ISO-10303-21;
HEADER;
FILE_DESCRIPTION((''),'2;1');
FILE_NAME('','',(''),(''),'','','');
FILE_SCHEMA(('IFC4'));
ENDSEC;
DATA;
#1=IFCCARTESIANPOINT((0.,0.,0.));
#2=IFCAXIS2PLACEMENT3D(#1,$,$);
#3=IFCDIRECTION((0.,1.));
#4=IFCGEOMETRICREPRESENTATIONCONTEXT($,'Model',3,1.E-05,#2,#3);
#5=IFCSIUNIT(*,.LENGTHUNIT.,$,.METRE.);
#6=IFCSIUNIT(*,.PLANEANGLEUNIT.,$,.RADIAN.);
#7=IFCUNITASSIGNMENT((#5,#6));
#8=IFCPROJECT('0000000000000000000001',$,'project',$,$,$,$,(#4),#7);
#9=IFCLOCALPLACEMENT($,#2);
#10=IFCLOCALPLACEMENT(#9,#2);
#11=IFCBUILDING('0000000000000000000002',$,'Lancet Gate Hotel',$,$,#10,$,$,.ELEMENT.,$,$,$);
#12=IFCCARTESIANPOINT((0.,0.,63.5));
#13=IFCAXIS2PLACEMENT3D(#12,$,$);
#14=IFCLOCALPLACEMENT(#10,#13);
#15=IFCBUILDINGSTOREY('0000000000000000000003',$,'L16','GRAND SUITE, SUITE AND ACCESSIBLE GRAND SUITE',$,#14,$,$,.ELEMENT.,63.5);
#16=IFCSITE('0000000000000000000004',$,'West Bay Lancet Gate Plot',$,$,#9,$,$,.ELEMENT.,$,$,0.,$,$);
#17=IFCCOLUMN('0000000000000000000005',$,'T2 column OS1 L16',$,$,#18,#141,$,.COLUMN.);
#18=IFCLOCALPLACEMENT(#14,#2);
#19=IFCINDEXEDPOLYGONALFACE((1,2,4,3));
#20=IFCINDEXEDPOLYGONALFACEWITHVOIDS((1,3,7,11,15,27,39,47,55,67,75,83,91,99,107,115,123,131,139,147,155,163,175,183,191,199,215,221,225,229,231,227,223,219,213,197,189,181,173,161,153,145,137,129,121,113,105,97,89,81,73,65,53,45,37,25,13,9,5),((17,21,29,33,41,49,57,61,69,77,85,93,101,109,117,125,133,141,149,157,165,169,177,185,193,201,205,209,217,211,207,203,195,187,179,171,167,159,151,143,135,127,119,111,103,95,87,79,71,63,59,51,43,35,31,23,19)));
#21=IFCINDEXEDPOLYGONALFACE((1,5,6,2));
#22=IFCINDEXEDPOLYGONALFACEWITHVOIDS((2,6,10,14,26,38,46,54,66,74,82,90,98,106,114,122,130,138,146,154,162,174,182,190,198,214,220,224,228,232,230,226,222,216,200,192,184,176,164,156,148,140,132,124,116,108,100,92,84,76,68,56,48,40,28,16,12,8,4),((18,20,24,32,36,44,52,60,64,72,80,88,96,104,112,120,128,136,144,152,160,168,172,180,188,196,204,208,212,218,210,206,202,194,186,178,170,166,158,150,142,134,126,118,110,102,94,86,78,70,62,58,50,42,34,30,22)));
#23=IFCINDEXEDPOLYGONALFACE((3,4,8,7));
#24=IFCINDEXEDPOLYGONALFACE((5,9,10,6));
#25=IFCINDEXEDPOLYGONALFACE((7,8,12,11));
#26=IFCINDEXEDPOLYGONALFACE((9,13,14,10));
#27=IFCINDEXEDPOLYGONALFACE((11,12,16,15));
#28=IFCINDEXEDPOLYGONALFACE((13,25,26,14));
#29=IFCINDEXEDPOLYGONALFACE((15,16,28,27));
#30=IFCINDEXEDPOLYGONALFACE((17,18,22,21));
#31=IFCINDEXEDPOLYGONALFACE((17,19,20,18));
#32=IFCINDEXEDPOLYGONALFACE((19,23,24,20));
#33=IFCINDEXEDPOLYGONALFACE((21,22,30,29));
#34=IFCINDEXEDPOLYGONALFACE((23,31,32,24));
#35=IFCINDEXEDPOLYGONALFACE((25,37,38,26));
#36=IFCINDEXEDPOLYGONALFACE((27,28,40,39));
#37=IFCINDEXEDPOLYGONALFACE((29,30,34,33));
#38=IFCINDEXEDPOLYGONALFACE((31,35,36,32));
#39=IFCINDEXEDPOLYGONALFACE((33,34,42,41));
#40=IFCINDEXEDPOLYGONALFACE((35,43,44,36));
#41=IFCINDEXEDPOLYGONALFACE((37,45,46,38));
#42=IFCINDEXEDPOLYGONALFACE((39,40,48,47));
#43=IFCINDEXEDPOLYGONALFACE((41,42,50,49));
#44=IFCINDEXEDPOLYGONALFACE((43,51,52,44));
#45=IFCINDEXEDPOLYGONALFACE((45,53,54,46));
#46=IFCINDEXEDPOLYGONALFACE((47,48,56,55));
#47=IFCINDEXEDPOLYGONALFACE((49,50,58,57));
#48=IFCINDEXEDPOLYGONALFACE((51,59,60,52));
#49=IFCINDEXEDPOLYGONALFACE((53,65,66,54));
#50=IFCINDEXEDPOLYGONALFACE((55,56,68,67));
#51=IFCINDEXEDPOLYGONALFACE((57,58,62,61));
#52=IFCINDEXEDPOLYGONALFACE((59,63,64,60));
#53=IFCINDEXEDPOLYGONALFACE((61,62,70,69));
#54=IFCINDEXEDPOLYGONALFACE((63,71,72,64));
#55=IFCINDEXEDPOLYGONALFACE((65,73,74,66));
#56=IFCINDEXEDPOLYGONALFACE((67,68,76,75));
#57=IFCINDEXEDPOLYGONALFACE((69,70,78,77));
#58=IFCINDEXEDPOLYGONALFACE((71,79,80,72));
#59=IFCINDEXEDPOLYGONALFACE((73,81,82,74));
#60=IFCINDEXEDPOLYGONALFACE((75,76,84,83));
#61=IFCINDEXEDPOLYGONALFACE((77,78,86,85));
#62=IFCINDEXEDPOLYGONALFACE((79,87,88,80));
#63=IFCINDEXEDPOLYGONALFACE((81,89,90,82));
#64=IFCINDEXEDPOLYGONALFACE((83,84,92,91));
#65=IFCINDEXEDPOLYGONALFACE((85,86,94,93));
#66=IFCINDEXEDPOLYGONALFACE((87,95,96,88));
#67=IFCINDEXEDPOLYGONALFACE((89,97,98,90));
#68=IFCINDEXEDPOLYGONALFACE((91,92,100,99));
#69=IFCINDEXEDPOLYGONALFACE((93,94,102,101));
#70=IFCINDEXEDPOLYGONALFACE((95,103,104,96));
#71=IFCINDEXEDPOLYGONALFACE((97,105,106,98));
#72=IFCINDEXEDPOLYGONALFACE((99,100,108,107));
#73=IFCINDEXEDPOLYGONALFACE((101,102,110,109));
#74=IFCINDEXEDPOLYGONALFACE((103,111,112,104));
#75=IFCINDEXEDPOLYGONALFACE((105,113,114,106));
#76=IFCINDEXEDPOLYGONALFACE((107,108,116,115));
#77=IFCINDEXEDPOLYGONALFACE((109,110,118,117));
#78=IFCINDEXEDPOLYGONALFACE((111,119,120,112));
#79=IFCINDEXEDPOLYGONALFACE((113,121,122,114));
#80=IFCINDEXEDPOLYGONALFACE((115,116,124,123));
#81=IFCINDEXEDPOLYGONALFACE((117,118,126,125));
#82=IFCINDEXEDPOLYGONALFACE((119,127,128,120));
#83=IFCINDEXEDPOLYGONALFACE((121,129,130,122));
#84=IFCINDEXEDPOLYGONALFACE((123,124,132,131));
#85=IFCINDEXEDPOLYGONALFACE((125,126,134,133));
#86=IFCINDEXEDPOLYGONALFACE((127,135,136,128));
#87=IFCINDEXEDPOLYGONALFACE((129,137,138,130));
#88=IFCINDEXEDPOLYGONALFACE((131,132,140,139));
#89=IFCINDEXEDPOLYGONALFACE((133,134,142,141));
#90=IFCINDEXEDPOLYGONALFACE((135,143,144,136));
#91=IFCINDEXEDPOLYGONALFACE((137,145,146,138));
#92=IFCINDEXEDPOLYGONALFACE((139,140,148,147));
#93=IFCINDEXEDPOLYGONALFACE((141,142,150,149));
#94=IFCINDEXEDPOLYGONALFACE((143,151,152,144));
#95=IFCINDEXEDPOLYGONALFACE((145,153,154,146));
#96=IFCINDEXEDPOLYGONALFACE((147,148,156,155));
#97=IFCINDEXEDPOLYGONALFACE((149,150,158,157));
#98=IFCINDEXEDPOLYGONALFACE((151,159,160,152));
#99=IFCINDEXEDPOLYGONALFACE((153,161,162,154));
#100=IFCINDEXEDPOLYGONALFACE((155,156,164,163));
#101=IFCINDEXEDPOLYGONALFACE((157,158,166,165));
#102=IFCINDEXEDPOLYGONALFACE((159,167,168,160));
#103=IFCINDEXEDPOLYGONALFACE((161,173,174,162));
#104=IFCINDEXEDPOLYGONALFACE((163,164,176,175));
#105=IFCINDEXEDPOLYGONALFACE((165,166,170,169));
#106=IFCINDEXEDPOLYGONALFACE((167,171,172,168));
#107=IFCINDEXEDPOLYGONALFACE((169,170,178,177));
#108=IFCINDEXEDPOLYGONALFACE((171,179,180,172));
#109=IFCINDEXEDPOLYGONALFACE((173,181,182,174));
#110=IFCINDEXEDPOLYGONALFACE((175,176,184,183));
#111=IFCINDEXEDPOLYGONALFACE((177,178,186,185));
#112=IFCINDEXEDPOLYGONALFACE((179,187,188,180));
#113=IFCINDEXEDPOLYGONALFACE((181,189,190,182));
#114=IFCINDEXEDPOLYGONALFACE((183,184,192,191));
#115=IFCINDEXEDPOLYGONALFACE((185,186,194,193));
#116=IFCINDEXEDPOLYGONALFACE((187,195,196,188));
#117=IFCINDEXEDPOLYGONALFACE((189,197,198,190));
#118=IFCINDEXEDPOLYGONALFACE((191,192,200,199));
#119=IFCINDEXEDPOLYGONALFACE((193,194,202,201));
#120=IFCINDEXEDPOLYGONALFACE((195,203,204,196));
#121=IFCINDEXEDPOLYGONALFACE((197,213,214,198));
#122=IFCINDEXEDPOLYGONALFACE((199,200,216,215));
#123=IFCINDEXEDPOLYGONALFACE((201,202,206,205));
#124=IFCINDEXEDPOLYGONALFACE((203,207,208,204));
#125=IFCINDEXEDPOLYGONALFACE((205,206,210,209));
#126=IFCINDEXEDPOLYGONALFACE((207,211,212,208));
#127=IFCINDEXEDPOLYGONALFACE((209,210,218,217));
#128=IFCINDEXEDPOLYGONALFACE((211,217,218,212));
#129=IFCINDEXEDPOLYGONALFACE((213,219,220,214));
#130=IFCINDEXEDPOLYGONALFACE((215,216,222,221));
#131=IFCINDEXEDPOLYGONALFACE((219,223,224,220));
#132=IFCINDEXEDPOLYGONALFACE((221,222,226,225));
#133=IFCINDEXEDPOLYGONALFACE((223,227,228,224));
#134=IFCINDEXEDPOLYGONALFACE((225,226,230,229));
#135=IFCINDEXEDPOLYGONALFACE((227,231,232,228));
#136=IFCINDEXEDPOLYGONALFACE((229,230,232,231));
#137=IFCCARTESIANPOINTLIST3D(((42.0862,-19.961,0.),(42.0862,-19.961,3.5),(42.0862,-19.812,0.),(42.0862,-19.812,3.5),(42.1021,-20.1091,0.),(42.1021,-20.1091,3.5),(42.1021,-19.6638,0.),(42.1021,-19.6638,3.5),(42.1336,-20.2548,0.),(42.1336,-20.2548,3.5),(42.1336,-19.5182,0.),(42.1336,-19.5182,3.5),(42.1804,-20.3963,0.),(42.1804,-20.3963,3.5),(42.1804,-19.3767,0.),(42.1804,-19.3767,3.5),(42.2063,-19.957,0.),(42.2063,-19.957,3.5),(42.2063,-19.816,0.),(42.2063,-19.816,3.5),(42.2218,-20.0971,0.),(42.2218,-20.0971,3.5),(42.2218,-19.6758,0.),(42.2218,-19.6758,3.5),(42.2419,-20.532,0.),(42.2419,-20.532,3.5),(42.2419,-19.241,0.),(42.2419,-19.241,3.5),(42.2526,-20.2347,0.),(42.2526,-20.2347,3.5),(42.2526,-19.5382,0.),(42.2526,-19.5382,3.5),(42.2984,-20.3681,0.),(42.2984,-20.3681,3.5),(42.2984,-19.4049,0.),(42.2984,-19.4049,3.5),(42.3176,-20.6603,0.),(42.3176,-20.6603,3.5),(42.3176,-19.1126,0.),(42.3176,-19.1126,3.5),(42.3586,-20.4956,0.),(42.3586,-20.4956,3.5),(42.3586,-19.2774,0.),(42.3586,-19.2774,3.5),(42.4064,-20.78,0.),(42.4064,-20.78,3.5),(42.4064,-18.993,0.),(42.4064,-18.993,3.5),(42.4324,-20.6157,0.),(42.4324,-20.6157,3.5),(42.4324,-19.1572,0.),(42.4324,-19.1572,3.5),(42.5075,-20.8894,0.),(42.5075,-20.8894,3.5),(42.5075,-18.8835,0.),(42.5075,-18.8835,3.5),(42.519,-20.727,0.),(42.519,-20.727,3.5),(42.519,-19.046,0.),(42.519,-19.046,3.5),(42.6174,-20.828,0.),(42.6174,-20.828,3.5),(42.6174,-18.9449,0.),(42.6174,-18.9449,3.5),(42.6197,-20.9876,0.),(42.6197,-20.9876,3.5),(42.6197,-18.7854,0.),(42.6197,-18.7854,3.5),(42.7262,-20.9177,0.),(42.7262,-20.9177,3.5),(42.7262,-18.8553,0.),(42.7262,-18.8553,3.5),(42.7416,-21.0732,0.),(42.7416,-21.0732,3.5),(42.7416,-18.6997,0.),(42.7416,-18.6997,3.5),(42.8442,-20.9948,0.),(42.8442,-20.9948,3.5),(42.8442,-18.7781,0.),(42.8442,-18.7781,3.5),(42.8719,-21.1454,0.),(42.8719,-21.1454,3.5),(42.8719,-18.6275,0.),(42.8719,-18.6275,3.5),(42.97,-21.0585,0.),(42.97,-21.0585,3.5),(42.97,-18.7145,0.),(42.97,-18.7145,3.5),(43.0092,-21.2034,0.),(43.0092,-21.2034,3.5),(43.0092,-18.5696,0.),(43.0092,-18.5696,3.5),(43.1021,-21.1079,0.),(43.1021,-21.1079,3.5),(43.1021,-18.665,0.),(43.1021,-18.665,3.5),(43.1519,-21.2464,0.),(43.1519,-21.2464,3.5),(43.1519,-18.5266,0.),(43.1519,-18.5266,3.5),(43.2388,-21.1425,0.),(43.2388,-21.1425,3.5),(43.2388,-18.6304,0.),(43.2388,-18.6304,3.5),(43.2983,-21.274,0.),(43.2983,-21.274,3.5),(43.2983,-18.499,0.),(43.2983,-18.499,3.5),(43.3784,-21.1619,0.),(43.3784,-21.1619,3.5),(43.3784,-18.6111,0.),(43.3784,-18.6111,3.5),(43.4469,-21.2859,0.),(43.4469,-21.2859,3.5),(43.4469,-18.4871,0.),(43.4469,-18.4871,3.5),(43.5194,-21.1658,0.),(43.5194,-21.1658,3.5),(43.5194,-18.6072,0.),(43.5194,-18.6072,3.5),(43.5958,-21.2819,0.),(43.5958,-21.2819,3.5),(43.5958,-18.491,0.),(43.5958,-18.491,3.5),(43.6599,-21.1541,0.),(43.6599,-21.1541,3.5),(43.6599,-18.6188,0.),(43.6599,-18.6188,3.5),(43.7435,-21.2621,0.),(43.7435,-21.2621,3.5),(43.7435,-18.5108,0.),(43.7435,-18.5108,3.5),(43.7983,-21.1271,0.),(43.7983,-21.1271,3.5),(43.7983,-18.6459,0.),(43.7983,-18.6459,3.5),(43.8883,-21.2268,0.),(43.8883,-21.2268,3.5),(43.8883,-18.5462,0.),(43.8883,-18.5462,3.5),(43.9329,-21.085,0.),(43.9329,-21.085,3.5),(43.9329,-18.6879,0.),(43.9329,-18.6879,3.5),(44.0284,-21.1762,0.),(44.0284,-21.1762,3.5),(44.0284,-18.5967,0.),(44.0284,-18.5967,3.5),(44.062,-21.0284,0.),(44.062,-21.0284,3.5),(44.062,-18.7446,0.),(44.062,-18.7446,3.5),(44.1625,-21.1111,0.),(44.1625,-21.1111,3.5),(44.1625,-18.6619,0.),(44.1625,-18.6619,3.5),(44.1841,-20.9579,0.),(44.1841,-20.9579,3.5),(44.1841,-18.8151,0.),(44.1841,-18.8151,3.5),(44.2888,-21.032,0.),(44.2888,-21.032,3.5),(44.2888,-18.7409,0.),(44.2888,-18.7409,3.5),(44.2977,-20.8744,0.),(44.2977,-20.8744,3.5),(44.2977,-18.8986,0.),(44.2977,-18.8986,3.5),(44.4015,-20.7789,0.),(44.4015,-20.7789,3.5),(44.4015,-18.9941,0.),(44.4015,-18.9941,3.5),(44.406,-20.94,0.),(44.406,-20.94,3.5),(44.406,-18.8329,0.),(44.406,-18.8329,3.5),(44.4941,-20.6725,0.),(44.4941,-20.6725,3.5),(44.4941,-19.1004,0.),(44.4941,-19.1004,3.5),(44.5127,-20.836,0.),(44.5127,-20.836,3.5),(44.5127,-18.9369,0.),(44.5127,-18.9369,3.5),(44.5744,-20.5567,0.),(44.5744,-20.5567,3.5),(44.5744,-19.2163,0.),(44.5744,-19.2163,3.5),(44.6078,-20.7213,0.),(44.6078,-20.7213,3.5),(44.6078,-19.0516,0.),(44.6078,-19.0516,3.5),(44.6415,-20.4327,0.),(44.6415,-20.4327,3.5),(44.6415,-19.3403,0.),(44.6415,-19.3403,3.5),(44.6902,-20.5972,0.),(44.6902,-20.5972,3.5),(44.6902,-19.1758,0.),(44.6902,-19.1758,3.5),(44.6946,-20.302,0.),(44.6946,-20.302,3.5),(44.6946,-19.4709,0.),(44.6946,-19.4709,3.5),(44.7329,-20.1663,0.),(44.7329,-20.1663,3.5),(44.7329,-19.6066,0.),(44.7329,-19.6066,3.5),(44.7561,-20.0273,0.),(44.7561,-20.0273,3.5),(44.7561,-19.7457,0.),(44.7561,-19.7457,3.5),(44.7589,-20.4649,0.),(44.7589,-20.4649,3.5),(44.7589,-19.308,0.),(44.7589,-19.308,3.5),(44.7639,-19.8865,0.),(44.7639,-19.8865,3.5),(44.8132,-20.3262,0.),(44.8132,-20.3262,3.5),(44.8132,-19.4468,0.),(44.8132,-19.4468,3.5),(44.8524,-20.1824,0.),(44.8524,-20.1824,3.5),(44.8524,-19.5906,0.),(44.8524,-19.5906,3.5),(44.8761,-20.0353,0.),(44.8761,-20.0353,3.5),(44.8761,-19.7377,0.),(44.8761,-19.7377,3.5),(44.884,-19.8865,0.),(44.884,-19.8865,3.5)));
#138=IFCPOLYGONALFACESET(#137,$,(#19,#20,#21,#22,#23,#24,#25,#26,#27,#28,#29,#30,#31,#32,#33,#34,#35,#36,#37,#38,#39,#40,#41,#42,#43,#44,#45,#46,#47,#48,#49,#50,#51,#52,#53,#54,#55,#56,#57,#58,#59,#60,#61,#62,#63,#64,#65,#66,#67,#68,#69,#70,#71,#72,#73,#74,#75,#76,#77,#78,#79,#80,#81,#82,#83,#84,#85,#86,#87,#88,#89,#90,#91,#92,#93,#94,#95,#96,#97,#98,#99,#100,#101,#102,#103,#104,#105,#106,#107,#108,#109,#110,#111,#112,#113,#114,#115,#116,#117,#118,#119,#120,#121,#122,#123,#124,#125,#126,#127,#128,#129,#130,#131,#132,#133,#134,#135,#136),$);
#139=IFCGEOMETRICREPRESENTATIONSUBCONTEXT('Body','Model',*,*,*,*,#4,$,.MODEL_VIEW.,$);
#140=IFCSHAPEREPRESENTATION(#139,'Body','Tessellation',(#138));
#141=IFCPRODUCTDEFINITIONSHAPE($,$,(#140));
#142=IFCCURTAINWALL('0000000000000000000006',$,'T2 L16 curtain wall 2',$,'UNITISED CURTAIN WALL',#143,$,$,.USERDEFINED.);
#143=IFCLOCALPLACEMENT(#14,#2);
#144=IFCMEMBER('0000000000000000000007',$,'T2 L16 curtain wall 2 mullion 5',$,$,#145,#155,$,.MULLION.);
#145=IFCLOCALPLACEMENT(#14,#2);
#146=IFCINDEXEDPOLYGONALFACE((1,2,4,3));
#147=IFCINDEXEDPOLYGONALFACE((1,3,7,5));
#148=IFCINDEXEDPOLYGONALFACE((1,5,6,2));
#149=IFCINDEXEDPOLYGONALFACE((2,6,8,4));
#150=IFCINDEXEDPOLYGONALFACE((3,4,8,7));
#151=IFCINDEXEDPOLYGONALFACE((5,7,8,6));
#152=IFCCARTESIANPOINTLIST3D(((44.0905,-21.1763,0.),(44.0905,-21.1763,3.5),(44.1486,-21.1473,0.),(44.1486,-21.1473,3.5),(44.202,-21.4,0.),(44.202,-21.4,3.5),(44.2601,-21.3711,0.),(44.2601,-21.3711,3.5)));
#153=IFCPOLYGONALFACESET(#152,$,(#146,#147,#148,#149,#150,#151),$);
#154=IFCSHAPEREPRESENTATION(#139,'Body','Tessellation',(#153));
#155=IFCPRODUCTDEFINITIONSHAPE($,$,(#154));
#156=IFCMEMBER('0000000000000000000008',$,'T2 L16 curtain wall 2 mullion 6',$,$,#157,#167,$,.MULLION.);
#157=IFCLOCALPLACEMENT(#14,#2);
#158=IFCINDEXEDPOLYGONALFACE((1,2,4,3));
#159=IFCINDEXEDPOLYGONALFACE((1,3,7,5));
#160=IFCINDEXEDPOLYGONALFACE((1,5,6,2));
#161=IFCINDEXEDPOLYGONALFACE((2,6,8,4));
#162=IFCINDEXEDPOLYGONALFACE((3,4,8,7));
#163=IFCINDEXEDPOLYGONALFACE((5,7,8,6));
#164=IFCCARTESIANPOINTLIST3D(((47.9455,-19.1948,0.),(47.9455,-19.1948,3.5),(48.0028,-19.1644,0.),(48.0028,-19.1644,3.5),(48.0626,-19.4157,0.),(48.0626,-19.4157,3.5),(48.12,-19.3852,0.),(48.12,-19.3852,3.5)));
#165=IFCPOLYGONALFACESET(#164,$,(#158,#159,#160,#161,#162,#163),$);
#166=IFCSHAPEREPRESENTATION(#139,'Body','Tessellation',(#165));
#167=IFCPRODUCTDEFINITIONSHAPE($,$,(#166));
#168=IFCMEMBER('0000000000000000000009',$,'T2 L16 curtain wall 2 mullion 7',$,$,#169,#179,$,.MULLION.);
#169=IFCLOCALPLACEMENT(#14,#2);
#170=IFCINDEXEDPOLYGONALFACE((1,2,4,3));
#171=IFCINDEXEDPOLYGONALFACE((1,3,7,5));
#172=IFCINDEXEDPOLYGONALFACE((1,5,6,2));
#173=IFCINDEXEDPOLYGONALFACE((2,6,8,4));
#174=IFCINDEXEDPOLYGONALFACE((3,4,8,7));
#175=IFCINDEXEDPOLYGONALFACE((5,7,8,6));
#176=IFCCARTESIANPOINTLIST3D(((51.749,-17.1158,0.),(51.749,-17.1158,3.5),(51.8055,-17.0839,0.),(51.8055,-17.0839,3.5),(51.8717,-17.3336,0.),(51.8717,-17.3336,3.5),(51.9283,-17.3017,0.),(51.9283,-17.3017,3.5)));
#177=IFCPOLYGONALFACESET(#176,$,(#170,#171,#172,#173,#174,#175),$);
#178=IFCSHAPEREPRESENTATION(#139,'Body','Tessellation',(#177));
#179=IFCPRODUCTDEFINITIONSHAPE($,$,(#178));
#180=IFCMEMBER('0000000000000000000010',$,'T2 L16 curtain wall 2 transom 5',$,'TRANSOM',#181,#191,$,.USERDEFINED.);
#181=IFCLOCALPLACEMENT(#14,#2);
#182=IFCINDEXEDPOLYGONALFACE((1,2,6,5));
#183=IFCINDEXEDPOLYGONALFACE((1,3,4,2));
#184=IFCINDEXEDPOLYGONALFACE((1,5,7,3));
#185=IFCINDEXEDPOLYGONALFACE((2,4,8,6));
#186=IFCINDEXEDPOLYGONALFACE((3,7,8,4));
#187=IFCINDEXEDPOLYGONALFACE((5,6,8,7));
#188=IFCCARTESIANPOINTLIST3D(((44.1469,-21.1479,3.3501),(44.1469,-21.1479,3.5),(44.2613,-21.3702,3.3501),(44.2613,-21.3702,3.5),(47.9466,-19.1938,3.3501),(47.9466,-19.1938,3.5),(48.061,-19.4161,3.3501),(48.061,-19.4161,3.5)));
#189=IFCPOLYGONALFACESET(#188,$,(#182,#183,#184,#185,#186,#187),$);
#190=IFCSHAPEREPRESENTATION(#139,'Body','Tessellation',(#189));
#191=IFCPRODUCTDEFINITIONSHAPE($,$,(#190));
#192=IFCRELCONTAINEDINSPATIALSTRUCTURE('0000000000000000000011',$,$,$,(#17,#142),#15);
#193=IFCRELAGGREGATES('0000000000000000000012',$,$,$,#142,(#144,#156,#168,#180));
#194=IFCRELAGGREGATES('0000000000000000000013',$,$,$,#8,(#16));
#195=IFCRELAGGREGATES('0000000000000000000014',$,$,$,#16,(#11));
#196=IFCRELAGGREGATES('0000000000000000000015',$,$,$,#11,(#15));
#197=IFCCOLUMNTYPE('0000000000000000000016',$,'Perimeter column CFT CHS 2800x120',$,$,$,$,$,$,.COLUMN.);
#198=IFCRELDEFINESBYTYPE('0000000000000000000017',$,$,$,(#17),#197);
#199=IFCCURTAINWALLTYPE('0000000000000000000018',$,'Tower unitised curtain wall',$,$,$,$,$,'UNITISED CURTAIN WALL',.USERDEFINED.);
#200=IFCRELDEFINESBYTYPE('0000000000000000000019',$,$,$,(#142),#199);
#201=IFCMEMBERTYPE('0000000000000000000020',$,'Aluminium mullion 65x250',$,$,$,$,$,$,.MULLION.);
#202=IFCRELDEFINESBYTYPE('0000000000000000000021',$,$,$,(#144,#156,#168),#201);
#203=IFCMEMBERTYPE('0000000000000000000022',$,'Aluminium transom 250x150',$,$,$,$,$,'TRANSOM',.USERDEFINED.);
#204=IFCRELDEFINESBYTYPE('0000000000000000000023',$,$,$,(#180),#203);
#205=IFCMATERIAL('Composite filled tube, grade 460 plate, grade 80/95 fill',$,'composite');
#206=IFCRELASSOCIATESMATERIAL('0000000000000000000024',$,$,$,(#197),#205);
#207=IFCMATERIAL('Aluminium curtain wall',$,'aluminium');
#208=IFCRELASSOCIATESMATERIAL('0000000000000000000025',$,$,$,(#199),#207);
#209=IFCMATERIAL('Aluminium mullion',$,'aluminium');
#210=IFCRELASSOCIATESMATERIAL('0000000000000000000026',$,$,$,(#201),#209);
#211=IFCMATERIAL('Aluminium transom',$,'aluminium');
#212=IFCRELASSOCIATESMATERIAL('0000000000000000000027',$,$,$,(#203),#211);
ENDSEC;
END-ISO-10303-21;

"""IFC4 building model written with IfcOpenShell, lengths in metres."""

from ifc_helpers import new_model, si_unit, direction, frame, origin, origin_2d, place, context, subcontext, project, spatial, rectangle, hollow_circle, extrude, material, material_profile, profile_set, type_object, element, aggregate, save


model = new_model("IFC4")

# Units and contexts
model_context = context("Model", 3, precision=1e-05, world=origin(), true_north=direction((0.0, 1.0)))
body_context = subcontext(model_context, "Body", "Model", "MODEL_VIEW")
ifc_project = project(units=[si_unit("LENGTHUNIT", "METRE"), si_unit("PLANEANGLEUNIT", "RADIAN")], contexts=[model_context])

# Site, building, storey
site_placement = place(None, origin())
site = spatial("IfcSite", under=ifc_project, at=site_placement, Name="West Bay Lancet Gate Plot", CompositionType="ELEMENT", RefElevation=0.0)
building_placement = place(site_placement, origin())
building = spatial("IfcBuilding", under=site, at=building_placement, Name="Lancet Gate Hotel", CompositionType="ELEMENT")
storey_placement = place(building_placement, frame((0.0, 0.0, 63.5)))
storey = spatial("IfcBuildingStorey", under=building, at=storey_placement, Name="L16", Description="GRAND SUITE, SUITE AND ACCESSIBLE GRAND SUITE", CompositionType="ELEMENT", Elevation=63.5)

# Column
ifc_material_1 = material(Name="Composite filled tube, grade 460 plate, grade 80/95 fill", Category="composite")
ifc_material_profile_1 = material_profile(ifc_material_1, hollow_circle(Radius=1.3999, WallThickness=0.1201, at=origin_2d()), Name="CHS 2800x120")
ifc_profile_set_1 = profile_set([ifc_material_profile_1], Name="Composite filled tube, grade 460 plate, grade 80/95 fill")
column_type = type_object("IfcColumnType", Name="Perimeter column CFT CHS 2800x120", PredefinedType="COLUMN", material=ifc_profile_set_1)
column_placement = place(storey_placement, frame((43.4841, -19.8865, 0.0), z_axis=(0.0, 0.0, 1.0), x_axis=(1.0, 0.0, 0.0)))
element("IfcColumn", 1, at=column_placement, inside=storey, type_object=column_type, Name="T2 column OS1 L16", PredefinedType="COLUMN", context=body_context, shape_type="SweptSolid", body=[
    extrude(hollow_circle(Radius=1.3999, WallThickness=0.1201, at=origin_2d()), origin(), (0.0, 0.0, 1.0), 3.5),
])

# Curtain wall, members
ifc_material_2 = material(Name="Aluminium curtain wall", Category="aluminium")
curtain_wall_type = type_object("IfcCurtainWallType", Name="Tower unitised curtain wall", ElementType="UNITISED CURTAIN WALL", PredefinedType="USERDEFINED", material=ifc_material_2)
curtain_wall_placement = place(storey_placement, origin())
curtain_wall = element("IfcCurtainWall", 2, at=curtain_wall_placement, inside=storey, type_object=curtain_wall_type, Name="T2 L16 curtain wall 2", ObjectType="UNITISED CURTAIN WALL", PredefinedType="USERDEFINED")
ifc_material_3 = material(Name="Aluminium mullion", Category="aluminium")
ifc_material_profile_2 = material_profile(ifc_material_3, rectangle(XDim=0.0649, YDim=0.25, at=origin_2d()), Name="MULLION 65x250")
ifc_profile_set_2 = profile_set([ifc_material_profile_2], Name="Aluminium mullion")
member_type_1 = type_object("IfcMemberType", Name="Aluminium mullion 65x250", PredefinedType="MULLION", material=ifc_profile_set_2)
member_1_placement = place(storey_placement, frame((44.1753, -21.2737, 0.0), z_axis=(0.0, 0.0, 1.0), x_axis=(0.895044, 0.445978, 0.0)))
member_1 = element("IfcMember", 3, at=member_1_placement, type_object=member_type_1, Name="T2 L16 curtain wall 2 mullion 5", PredefinedType="MULLION", context=body_context, shape_type="SweptSolid", body=[
    extrude(rectangle(XDim=0.0649, YDim=0.25, at=origin_2d()), origin(), (0.0, 0.0, 1.0), 3.5),
])
member_2_placement = place(storey_placement, frame((48.0327, -19.29, 0.0), z_axis=(0.0, 0.0, 1.0), x_axis=(0.883403, 0.468613, 0.0)))
member_2 = element("IfcMember", 4, at=member_2_placement, type_object=member_type_1, Name="T2 L16 curtain wall 2 mullion 6", PredefinedType="MULLION", context=body_context, shape_type="SweptSolid", body=[
    extrude(rectangle(XDim=0.0649, YDim=0.25, at=origin_2d()), origin(), (0.0, 0.0, 1.0), 3.5),
])
member_3_placement = place(storey_placement, frame((51.8386, -17.2087, 0.0), z_axis=(0.0, 0.0, 1.0), x_axis=(0.87119, 0.490945, 0.0)))
member_3 = element("IfcMember", 5, at=member_3_placement, type_object=member_type_1, Name="T2 L16 curtain wall 2 mullion 7", PredefinedType="MULLION", context=body_context, shape_type="SweptSolid", body=[
    extrude(rectangle(XDim=0.0649, YDim=0.25, at=origin_2d()), origin(), (0.0, 0.0, 1.0), 3.5),
])
ifc_material_4 = material(Name="Aluminium transom", Category="aluminium")
ifc_material_profile_3 = material_profile(ifc_material_4, rectangle(XDim=0.25, YDim=0.1499, at=origin_2d()), Name="TRANSOM 250x150")
ifc_profile_set_3 = profile_set([ifc_material_profile_3], Name="Aluminium transom")
member_type_2 = type_object("IfcMemberType", Name="Aluminium transom 250x150", ElementType="TRANSOM", PredefinedType="USERDEFINED", material=ifc_profile_set_3)
member_4_placement = place(storey_placement, frame((44.2041, -21.259, 3.425), z_axis=(0.889296, 0.457333, 0.0), x_axis=(-0.457333, 0.889296, 0.0)))
member_4 = element("IfcMember", 6, at=member_4_placement, type_object=member_type_2, Name="T2 L16 curtain wall 2 transom 5", ObjectType="TRANSOM", PredefinedType="USERDEFINED", context=body_context, shape_type="SweptSolid", body=[
    extrude(rectangle(XDim=0.25, YDim=0.1499, at=origin_2d()), origin(), (0.0, 0.0, 1.0), 4.2727),
])

aggregate(curtain_wall, [member_1, member_2, member_3, member_4])

save(model, "model.ifc")
